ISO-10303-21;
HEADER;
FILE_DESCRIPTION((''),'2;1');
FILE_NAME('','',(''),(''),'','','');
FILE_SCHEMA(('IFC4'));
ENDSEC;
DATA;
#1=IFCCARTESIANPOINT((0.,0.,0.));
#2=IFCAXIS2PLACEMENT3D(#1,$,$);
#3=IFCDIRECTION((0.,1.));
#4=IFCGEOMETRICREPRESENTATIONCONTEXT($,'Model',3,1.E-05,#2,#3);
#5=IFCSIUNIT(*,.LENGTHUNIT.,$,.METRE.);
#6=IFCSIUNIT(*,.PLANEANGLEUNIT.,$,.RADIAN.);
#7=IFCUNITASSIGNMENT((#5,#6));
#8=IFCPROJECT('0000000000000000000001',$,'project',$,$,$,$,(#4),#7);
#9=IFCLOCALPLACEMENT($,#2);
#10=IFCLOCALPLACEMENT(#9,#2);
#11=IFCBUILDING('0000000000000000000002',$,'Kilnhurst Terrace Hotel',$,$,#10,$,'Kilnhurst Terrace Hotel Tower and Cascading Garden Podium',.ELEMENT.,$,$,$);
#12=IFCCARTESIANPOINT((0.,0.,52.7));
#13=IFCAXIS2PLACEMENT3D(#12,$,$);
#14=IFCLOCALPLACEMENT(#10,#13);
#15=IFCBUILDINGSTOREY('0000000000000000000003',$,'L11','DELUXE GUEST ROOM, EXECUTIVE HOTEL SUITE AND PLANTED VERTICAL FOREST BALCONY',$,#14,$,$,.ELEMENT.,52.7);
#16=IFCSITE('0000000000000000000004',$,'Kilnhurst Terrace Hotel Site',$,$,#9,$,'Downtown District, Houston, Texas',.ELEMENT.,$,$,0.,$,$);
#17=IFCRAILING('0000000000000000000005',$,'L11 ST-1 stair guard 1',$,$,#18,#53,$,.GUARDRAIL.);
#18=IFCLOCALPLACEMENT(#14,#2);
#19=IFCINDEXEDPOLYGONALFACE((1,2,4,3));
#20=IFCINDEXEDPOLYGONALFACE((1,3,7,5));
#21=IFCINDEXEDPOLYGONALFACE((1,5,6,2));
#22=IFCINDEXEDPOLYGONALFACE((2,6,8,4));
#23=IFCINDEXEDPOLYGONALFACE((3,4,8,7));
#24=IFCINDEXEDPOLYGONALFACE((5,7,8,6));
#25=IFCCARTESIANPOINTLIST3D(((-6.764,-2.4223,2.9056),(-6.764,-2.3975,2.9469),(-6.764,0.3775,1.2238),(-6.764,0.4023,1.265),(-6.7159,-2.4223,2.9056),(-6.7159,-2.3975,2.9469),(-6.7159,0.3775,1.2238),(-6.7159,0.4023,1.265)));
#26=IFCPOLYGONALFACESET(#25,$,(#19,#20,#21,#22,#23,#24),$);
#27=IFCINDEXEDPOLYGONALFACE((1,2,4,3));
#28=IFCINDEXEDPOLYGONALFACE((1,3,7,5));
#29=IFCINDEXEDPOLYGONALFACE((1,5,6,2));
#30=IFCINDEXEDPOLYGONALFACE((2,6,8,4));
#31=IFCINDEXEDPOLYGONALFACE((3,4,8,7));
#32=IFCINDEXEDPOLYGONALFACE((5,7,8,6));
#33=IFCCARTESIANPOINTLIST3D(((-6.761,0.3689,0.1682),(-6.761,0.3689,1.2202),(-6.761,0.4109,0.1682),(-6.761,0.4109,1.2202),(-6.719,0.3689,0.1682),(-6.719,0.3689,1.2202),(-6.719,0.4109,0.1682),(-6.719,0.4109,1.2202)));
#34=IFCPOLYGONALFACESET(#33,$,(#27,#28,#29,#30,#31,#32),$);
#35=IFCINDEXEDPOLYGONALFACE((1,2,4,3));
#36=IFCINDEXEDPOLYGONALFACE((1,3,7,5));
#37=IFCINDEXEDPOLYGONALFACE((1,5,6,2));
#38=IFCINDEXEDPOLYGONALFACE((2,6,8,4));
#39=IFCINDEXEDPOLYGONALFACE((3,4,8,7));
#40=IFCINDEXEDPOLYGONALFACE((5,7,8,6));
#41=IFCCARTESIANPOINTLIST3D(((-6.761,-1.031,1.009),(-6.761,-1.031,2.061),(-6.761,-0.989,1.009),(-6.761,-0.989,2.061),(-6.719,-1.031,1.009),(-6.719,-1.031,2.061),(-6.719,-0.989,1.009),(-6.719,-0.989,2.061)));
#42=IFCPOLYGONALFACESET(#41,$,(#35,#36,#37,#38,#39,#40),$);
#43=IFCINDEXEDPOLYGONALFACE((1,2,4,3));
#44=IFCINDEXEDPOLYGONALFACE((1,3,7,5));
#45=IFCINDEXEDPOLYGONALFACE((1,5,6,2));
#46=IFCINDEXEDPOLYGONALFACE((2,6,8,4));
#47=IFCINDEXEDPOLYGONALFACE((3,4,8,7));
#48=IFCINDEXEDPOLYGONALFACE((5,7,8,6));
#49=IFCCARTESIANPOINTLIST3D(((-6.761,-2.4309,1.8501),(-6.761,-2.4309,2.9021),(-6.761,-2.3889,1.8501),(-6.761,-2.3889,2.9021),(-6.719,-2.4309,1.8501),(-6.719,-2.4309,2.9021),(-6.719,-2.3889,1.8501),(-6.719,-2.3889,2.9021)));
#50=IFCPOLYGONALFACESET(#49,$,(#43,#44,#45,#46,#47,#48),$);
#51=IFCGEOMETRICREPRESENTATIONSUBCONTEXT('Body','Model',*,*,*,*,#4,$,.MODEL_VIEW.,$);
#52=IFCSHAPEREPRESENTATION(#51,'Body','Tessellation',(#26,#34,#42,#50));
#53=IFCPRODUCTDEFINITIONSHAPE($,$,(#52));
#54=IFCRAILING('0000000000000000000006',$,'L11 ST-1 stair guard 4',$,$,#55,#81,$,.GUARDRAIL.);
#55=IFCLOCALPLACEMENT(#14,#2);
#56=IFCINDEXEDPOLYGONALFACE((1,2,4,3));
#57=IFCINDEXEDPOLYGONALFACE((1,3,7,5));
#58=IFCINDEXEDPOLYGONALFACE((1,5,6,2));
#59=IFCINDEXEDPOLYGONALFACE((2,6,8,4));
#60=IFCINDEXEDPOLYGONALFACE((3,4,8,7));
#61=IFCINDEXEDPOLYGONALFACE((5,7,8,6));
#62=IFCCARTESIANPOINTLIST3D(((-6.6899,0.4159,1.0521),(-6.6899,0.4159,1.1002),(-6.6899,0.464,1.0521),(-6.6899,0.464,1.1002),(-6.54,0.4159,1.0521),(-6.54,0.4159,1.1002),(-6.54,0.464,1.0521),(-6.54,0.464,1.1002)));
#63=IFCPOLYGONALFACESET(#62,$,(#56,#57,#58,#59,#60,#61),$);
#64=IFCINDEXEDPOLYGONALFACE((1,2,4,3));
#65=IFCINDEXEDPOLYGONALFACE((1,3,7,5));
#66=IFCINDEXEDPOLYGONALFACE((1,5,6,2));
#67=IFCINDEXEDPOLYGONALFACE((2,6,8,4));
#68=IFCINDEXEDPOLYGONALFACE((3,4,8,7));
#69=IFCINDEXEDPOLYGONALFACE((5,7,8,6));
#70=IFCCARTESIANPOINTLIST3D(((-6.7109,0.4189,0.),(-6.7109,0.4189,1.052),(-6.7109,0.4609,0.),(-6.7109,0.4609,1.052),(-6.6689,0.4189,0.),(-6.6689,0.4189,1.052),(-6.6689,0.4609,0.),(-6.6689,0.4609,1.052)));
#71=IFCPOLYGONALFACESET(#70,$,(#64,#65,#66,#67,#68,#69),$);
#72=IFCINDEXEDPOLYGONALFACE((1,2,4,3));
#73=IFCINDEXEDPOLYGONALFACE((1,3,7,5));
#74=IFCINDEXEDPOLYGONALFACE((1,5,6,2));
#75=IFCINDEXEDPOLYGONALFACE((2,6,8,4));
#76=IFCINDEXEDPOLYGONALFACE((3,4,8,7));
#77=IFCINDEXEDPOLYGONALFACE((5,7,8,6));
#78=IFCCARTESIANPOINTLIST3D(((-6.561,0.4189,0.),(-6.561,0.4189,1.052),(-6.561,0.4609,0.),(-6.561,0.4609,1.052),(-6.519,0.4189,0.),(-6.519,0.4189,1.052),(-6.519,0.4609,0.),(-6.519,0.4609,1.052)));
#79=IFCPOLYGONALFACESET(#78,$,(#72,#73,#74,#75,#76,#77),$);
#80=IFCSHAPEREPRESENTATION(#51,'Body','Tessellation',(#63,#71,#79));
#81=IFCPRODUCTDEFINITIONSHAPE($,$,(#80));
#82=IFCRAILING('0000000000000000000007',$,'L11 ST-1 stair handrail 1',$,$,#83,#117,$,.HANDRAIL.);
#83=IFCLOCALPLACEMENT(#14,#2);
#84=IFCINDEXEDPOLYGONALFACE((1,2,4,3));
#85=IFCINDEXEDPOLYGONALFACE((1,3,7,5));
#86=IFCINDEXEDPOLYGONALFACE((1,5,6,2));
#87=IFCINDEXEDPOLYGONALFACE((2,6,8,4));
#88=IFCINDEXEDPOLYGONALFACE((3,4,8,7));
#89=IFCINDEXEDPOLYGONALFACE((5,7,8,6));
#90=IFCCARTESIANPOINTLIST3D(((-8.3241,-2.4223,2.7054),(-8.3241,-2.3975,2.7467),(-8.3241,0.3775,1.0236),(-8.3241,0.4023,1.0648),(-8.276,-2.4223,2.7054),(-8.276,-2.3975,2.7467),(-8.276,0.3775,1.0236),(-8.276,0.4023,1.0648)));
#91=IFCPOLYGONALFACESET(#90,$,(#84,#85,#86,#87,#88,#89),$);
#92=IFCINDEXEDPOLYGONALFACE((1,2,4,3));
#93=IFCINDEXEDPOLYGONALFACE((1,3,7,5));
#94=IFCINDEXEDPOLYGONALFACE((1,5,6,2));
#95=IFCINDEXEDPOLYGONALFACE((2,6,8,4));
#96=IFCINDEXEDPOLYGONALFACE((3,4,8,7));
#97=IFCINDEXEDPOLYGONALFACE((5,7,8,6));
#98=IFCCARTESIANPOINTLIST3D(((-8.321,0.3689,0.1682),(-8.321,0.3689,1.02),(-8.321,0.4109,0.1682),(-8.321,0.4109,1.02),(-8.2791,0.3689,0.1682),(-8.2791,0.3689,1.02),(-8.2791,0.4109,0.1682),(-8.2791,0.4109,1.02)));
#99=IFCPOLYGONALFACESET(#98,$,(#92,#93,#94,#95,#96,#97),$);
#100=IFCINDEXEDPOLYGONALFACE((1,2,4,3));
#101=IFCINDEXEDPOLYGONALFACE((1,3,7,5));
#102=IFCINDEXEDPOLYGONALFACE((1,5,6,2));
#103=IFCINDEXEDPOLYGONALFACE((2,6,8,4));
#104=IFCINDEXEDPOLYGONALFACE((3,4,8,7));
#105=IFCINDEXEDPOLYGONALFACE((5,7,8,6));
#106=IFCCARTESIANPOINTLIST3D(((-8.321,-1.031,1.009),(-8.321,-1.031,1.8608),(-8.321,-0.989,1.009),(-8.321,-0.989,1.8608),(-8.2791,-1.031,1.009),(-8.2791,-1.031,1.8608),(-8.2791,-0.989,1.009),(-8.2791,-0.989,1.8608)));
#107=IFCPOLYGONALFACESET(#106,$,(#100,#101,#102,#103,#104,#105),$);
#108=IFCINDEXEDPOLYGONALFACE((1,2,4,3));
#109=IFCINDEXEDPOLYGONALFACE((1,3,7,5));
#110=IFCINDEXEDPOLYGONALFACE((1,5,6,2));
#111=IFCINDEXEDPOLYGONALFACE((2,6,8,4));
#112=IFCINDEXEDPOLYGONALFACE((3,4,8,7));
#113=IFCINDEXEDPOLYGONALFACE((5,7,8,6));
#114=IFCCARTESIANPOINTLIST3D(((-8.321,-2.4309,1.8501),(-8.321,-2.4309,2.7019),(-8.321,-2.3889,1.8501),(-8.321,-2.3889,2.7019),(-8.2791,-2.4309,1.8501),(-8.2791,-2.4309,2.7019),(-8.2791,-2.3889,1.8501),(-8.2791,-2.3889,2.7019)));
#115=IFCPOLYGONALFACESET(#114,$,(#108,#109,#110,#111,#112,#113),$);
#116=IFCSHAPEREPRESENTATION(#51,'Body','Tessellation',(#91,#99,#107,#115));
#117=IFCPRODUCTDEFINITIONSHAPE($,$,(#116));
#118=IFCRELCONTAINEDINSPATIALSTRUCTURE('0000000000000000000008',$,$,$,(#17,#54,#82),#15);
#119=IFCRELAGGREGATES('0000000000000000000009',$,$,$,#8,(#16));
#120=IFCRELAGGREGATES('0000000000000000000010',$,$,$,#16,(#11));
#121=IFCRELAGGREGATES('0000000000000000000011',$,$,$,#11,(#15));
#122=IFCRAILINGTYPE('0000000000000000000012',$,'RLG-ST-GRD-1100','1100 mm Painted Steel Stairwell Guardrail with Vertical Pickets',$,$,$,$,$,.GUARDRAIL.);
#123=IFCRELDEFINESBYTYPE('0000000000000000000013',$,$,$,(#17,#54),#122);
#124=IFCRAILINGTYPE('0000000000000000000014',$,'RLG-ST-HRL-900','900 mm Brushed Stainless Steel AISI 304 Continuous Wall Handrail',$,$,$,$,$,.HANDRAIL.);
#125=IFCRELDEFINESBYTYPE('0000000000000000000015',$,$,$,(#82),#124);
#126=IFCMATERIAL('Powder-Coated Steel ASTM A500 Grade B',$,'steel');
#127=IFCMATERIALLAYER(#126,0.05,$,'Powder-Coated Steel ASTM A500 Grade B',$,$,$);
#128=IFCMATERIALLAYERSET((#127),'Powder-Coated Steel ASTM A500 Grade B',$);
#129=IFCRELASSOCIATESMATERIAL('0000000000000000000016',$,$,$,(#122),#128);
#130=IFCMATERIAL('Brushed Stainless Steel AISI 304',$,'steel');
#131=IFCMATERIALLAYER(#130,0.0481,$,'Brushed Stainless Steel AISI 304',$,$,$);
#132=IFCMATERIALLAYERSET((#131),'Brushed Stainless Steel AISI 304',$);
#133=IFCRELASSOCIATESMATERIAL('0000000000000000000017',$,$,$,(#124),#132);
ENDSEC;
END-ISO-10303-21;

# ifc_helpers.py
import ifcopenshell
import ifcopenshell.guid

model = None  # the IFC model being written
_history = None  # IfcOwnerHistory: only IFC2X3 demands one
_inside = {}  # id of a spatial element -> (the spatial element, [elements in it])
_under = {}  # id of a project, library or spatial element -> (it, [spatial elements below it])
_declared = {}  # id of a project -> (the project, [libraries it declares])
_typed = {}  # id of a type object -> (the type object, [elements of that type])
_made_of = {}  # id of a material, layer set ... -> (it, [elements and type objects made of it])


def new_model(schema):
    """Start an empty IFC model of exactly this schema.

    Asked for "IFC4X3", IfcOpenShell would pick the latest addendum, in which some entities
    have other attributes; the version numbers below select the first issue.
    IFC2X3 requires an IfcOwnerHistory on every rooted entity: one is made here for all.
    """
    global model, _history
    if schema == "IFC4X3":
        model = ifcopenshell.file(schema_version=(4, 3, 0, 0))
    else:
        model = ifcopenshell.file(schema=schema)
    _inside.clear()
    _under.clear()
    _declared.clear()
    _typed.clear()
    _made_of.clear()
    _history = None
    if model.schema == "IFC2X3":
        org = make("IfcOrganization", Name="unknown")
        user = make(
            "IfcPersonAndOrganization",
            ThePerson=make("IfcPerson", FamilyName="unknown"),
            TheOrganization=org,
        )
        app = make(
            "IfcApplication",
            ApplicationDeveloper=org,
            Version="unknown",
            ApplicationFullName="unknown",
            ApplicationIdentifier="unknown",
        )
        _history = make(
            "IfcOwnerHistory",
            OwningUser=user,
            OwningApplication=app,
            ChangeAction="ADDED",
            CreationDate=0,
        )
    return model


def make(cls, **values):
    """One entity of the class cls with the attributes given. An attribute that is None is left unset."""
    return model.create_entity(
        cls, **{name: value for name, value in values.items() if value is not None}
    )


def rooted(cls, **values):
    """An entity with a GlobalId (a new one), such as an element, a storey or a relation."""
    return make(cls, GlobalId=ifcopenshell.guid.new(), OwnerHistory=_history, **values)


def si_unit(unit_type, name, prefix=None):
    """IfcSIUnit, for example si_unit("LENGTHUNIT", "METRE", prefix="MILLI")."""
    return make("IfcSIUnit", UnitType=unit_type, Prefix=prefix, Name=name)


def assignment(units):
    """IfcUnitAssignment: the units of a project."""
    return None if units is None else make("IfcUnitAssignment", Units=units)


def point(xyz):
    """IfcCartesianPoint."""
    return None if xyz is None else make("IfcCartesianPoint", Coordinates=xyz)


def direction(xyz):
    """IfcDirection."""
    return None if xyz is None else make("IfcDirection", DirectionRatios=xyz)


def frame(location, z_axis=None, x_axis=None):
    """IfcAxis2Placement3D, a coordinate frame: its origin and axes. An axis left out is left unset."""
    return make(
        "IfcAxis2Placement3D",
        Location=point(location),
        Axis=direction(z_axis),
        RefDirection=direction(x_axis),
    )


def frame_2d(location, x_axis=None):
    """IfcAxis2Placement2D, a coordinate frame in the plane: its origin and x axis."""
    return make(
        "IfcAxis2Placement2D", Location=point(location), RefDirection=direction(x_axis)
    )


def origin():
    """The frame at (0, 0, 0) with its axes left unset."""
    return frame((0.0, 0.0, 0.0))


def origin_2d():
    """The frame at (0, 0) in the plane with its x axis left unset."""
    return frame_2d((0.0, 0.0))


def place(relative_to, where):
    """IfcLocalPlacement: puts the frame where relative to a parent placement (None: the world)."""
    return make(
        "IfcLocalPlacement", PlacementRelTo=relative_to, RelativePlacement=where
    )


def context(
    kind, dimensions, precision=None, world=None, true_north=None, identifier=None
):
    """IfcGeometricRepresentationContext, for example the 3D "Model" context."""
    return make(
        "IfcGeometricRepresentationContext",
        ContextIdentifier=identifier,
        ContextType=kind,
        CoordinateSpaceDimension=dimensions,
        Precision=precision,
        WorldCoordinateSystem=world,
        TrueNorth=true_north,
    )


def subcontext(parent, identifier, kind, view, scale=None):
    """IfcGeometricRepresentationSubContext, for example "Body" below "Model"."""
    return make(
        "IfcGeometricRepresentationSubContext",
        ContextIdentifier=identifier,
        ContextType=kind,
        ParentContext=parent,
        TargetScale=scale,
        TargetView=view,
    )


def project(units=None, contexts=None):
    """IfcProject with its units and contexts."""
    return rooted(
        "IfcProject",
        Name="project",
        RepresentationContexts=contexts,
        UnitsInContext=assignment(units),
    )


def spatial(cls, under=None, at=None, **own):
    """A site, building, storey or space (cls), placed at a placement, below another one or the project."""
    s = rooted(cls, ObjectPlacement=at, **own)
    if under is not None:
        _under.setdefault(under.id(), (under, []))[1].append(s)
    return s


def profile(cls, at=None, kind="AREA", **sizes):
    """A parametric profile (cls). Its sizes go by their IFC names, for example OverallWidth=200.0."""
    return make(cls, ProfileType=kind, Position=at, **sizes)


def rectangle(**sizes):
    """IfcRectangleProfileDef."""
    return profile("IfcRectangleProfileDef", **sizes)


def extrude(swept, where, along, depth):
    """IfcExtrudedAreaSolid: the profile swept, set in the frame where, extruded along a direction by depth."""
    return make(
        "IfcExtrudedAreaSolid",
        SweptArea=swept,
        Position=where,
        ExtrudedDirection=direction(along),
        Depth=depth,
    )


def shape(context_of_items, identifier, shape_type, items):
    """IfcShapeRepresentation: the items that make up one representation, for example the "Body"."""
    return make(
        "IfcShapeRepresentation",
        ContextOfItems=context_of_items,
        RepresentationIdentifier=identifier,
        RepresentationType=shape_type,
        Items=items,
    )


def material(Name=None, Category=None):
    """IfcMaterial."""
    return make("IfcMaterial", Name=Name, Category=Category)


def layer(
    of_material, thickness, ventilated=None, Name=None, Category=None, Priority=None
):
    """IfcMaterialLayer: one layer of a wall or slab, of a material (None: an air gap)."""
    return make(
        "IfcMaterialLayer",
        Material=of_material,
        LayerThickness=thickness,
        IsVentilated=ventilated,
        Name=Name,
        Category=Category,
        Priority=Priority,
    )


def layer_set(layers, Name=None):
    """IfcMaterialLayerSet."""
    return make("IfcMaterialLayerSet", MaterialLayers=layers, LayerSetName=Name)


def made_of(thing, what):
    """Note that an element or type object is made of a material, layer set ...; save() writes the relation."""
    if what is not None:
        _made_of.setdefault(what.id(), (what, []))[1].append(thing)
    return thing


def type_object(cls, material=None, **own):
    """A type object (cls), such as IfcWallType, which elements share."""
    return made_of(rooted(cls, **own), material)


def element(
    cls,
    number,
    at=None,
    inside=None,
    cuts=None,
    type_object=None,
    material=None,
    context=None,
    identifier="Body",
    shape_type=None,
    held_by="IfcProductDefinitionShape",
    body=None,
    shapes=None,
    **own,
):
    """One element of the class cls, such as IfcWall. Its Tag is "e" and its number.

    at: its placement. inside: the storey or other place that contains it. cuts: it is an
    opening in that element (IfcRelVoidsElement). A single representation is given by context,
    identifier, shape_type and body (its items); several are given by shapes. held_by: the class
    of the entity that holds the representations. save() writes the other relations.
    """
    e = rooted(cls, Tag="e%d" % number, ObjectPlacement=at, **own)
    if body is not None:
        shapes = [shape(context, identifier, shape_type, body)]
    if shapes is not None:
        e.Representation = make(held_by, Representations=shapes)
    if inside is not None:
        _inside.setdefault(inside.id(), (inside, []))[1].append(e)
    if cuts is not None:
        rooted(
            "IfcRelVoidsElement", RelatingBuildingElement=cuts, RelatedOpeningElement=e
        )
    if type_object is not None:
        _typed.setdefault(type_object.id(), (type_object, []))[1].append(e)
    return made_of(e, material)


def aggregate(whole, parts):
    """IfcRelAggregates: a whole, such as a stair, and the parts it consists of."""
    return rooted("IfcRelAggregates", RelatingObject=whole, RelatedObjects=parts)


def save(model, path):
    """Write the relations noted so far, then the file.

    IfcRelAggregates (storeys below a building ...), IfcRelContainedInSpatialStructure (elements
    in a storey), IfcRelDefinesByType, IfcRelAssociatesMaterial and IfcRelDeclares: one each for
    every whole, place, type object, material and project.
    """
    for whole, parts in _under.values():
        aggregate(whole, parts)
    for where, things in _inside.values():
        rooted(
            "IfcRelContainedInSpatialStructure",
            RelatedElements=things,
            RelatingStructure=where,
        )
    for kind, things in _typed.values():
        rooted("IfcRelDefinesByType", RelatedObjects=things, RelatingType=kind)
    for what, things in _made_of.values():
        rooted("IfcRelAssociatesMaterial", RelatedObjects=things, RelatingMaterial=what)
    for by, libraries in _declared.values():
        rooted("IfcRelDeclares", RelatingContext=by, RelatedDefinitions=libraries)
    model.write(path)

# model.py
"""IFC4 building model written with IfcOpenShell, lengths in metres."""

from ifc_helpers import new_model, si_unit, direction, frame, origin, origin_2d, place, context, subcontext, project, spatial, rectangle, extrude, material, layer, layer_set, type_object, element, save


model = new_model("IFC4")

# Units and contexts
model_context = context("Model", 3, precision=1e-05, world=origin(), true_north=direction((0.0, 1.0)))
body_context = subcontext(model_context, "Body", "Model", "MODEL_VIEW")
ifc_project = project(units=[si_unit("LENGTHUNIT", "METRE"), si_unit("PLANEANGLEUNIT", "RADIAN")], contexts=[model_context])

# Site, building, storey
site_placement = place(None, origin())
site = spatial("IfcSite", under=ifc_project, at=site_placement, Name="Kilnhurst Terrace Hotel Site", LongName="Downtown District, Houston, Texas", CompositionType="ELEMENT", RefElevation=0.0)
building_placement = place(site_placement, origin())
building = spatial("IfcBuilding", under=site, at=building_placement, Name="Kilnhurst Terrace Hotel", LongName="Kilnhurst Terrace Hotel Tower and Cascading Garden Podium", CompositionType="ELEMENT")
storey_placement = place(building_placement, frame((0.0, 0.0, 52.7)))
storey = spatial("IfcBuildingStorey", under=building, at=storey_placement, Name="L11", Description="DELUXE GUEST ROOM, EXECUTIVE HOTEL SUITE AND PLANTED VERTICAL FOREST BALCONY", CompositionType="ELEMENT", Elevation=52.7)

# Railings
ifc_material_1 = material(Name="Powder-Coated Steel ASTM A500 Grade B", Category="steel")
ifc_layer_1 = layer(ifc_material_1, 0.05, Name="Powder-Coated Steel ASTM A500 Grade B")
ifc_layer_set_1 = layer_set([ifc_layer_1], Name="Powder-Coated Steel ASTM A500 Grade B")
railing_type_1 = type_object("IfcRailingType", Name="RLG-ST-GRD-1100", Description="1100 mm Painted Steel Stairwell Guardrail with Vertical Pickets", PredefinedType="GUARDRAIL", material=ifc_layer_set_1)
railing_1_placement = place(storey_placement, frame((-6.74, 0.3899, 0.1682)))
element("IfcRailing", 1, at=railing_1_placement, inside=storey, type_object=railing_type_1, Name="L11 ST-1 stair guard 1", PredefinedType="GUARDRAIL", context=body_context, shape_type="SweptSolid", body=[
    extrude(rectangle(XDim=0.0481, YDim=0.0481, at=origin_2d()), frame((0.0, 0.0, 1.0762), z_axis=(0.0, -0.857222, 0.514946), x_axis=(1.0, 0.0, 0.0)), (0.0, 0.0, 1.0), 3.2661),
    extrude(rectangle(XDim=0.042, YDim=0.042, at=origin_2d()), origin(), (0.0, 0.0, 1.0), 1.052),
    extrude(rectangle(XDim=0.042, YDim=0.042, at=origin_2d()), frame((0.0, -1.3999, 0.8408)), (0.0, 0.0, 1.0), 1.052),
    extrude(rectangle(XDim=0.042, YDim=0.042, at=origin_2d()), frame((0.0, -2.7998, 1.6819)), (0.0, 0.0, 1.0), 1.052),
])
railing_2_placement = place(storey_placement, frame((-6.6899, 0.4399, 0.0)))
element("IfcRailing", 2, at=railing_2_placement, inside=storey, type_object=railing_type_1, Name="L11 ST-1 stair guard 4", PredefinedType="GUARDRAIL", context=body_context, shape_type="SweptSolid", body=[
    extrude(rectangle(XDim=0.0481, YDim=0.0481, at=origin_2d()), frame((0.0, 0.0, 1.0762), z_axis=(1.0, 0.0, 0.0), x_axis=(0.0, 1.0, 0.0)), (0.0, 0.0, 1.0), 0.1499),
    extrude(rectangle(XDim=0.042, YDim=0.042, at=origin_2d()), origin(), (0.0, 0.0, 1.0), 1.052),
    extrude(rectangle(XDim=0.042, YDim=0.042, at=origin_2d()), frame((0.1499, 0.0, 0.0)), (0.0, 0.0, 1.0), 1.052),
])
ifc_material_2 = material(Name="Brushed Stainless Steel AISI 304", Category="steel")
ifc_layer_2 = layer(ifc_material_2, 0.0481, Name="Brushed Stainless Steel AISI 304")
ifc_layer_set_2 = layer_set([ifc_layer_2], Name="Brushed Stainless Steel AISI 304")
railing_type_2 = type_object("IfcRailingType", Name="RLG-ST-HRL-900", Description="900 mm Brushed Stainless Steel AISI 304 Continuous Wall Handrail", PredefinedType="HANDRAIL", material=ifc_layer_set_2)
railing_3_placement = place(storey_placement, frame((-8.3, 0.3899, 0.1682)))
element("IfcRailing", 3, at=railing_3_placement, inside=storey, type_object=railing_type_2, Name="L11 ST-1 stair handrail 1", PredefinedType="HANDRAIL", context=body_context, shape_type="SweptSolid", body=[
    extrude(rectangle(XDim=0.0481, YDim=0.0481, at=origin_2d()), frame((0.0, 0.0, 0.876), z_axis=(0.0, -0.857222, 0.514946), x_axis=(1.0, 0.0, 0.0)), (0.0, 0.0, 1.0), 3.2661),
    extrude(rectangle(XDim=0.042, YDim=0.042, at=origin_2d()), origin(), (0.0, 0.0, 1.0), 0.8518),
    extrude(rectangle(XDim=0.042, YDim=0.042, at=origin_2d()), frame((0.0, -1.3999, 0.8408)), (0.0, 0.0, 1.0), 0.8518),
    extrude(rectangle(XDim=0.042, YDim=0.042, at=origin_2d()), frame((0.0, -2.7998, 1.6819)), (0.0, 0.0, 1.0), 0.8518),
])

save(model, "model.ifc")
